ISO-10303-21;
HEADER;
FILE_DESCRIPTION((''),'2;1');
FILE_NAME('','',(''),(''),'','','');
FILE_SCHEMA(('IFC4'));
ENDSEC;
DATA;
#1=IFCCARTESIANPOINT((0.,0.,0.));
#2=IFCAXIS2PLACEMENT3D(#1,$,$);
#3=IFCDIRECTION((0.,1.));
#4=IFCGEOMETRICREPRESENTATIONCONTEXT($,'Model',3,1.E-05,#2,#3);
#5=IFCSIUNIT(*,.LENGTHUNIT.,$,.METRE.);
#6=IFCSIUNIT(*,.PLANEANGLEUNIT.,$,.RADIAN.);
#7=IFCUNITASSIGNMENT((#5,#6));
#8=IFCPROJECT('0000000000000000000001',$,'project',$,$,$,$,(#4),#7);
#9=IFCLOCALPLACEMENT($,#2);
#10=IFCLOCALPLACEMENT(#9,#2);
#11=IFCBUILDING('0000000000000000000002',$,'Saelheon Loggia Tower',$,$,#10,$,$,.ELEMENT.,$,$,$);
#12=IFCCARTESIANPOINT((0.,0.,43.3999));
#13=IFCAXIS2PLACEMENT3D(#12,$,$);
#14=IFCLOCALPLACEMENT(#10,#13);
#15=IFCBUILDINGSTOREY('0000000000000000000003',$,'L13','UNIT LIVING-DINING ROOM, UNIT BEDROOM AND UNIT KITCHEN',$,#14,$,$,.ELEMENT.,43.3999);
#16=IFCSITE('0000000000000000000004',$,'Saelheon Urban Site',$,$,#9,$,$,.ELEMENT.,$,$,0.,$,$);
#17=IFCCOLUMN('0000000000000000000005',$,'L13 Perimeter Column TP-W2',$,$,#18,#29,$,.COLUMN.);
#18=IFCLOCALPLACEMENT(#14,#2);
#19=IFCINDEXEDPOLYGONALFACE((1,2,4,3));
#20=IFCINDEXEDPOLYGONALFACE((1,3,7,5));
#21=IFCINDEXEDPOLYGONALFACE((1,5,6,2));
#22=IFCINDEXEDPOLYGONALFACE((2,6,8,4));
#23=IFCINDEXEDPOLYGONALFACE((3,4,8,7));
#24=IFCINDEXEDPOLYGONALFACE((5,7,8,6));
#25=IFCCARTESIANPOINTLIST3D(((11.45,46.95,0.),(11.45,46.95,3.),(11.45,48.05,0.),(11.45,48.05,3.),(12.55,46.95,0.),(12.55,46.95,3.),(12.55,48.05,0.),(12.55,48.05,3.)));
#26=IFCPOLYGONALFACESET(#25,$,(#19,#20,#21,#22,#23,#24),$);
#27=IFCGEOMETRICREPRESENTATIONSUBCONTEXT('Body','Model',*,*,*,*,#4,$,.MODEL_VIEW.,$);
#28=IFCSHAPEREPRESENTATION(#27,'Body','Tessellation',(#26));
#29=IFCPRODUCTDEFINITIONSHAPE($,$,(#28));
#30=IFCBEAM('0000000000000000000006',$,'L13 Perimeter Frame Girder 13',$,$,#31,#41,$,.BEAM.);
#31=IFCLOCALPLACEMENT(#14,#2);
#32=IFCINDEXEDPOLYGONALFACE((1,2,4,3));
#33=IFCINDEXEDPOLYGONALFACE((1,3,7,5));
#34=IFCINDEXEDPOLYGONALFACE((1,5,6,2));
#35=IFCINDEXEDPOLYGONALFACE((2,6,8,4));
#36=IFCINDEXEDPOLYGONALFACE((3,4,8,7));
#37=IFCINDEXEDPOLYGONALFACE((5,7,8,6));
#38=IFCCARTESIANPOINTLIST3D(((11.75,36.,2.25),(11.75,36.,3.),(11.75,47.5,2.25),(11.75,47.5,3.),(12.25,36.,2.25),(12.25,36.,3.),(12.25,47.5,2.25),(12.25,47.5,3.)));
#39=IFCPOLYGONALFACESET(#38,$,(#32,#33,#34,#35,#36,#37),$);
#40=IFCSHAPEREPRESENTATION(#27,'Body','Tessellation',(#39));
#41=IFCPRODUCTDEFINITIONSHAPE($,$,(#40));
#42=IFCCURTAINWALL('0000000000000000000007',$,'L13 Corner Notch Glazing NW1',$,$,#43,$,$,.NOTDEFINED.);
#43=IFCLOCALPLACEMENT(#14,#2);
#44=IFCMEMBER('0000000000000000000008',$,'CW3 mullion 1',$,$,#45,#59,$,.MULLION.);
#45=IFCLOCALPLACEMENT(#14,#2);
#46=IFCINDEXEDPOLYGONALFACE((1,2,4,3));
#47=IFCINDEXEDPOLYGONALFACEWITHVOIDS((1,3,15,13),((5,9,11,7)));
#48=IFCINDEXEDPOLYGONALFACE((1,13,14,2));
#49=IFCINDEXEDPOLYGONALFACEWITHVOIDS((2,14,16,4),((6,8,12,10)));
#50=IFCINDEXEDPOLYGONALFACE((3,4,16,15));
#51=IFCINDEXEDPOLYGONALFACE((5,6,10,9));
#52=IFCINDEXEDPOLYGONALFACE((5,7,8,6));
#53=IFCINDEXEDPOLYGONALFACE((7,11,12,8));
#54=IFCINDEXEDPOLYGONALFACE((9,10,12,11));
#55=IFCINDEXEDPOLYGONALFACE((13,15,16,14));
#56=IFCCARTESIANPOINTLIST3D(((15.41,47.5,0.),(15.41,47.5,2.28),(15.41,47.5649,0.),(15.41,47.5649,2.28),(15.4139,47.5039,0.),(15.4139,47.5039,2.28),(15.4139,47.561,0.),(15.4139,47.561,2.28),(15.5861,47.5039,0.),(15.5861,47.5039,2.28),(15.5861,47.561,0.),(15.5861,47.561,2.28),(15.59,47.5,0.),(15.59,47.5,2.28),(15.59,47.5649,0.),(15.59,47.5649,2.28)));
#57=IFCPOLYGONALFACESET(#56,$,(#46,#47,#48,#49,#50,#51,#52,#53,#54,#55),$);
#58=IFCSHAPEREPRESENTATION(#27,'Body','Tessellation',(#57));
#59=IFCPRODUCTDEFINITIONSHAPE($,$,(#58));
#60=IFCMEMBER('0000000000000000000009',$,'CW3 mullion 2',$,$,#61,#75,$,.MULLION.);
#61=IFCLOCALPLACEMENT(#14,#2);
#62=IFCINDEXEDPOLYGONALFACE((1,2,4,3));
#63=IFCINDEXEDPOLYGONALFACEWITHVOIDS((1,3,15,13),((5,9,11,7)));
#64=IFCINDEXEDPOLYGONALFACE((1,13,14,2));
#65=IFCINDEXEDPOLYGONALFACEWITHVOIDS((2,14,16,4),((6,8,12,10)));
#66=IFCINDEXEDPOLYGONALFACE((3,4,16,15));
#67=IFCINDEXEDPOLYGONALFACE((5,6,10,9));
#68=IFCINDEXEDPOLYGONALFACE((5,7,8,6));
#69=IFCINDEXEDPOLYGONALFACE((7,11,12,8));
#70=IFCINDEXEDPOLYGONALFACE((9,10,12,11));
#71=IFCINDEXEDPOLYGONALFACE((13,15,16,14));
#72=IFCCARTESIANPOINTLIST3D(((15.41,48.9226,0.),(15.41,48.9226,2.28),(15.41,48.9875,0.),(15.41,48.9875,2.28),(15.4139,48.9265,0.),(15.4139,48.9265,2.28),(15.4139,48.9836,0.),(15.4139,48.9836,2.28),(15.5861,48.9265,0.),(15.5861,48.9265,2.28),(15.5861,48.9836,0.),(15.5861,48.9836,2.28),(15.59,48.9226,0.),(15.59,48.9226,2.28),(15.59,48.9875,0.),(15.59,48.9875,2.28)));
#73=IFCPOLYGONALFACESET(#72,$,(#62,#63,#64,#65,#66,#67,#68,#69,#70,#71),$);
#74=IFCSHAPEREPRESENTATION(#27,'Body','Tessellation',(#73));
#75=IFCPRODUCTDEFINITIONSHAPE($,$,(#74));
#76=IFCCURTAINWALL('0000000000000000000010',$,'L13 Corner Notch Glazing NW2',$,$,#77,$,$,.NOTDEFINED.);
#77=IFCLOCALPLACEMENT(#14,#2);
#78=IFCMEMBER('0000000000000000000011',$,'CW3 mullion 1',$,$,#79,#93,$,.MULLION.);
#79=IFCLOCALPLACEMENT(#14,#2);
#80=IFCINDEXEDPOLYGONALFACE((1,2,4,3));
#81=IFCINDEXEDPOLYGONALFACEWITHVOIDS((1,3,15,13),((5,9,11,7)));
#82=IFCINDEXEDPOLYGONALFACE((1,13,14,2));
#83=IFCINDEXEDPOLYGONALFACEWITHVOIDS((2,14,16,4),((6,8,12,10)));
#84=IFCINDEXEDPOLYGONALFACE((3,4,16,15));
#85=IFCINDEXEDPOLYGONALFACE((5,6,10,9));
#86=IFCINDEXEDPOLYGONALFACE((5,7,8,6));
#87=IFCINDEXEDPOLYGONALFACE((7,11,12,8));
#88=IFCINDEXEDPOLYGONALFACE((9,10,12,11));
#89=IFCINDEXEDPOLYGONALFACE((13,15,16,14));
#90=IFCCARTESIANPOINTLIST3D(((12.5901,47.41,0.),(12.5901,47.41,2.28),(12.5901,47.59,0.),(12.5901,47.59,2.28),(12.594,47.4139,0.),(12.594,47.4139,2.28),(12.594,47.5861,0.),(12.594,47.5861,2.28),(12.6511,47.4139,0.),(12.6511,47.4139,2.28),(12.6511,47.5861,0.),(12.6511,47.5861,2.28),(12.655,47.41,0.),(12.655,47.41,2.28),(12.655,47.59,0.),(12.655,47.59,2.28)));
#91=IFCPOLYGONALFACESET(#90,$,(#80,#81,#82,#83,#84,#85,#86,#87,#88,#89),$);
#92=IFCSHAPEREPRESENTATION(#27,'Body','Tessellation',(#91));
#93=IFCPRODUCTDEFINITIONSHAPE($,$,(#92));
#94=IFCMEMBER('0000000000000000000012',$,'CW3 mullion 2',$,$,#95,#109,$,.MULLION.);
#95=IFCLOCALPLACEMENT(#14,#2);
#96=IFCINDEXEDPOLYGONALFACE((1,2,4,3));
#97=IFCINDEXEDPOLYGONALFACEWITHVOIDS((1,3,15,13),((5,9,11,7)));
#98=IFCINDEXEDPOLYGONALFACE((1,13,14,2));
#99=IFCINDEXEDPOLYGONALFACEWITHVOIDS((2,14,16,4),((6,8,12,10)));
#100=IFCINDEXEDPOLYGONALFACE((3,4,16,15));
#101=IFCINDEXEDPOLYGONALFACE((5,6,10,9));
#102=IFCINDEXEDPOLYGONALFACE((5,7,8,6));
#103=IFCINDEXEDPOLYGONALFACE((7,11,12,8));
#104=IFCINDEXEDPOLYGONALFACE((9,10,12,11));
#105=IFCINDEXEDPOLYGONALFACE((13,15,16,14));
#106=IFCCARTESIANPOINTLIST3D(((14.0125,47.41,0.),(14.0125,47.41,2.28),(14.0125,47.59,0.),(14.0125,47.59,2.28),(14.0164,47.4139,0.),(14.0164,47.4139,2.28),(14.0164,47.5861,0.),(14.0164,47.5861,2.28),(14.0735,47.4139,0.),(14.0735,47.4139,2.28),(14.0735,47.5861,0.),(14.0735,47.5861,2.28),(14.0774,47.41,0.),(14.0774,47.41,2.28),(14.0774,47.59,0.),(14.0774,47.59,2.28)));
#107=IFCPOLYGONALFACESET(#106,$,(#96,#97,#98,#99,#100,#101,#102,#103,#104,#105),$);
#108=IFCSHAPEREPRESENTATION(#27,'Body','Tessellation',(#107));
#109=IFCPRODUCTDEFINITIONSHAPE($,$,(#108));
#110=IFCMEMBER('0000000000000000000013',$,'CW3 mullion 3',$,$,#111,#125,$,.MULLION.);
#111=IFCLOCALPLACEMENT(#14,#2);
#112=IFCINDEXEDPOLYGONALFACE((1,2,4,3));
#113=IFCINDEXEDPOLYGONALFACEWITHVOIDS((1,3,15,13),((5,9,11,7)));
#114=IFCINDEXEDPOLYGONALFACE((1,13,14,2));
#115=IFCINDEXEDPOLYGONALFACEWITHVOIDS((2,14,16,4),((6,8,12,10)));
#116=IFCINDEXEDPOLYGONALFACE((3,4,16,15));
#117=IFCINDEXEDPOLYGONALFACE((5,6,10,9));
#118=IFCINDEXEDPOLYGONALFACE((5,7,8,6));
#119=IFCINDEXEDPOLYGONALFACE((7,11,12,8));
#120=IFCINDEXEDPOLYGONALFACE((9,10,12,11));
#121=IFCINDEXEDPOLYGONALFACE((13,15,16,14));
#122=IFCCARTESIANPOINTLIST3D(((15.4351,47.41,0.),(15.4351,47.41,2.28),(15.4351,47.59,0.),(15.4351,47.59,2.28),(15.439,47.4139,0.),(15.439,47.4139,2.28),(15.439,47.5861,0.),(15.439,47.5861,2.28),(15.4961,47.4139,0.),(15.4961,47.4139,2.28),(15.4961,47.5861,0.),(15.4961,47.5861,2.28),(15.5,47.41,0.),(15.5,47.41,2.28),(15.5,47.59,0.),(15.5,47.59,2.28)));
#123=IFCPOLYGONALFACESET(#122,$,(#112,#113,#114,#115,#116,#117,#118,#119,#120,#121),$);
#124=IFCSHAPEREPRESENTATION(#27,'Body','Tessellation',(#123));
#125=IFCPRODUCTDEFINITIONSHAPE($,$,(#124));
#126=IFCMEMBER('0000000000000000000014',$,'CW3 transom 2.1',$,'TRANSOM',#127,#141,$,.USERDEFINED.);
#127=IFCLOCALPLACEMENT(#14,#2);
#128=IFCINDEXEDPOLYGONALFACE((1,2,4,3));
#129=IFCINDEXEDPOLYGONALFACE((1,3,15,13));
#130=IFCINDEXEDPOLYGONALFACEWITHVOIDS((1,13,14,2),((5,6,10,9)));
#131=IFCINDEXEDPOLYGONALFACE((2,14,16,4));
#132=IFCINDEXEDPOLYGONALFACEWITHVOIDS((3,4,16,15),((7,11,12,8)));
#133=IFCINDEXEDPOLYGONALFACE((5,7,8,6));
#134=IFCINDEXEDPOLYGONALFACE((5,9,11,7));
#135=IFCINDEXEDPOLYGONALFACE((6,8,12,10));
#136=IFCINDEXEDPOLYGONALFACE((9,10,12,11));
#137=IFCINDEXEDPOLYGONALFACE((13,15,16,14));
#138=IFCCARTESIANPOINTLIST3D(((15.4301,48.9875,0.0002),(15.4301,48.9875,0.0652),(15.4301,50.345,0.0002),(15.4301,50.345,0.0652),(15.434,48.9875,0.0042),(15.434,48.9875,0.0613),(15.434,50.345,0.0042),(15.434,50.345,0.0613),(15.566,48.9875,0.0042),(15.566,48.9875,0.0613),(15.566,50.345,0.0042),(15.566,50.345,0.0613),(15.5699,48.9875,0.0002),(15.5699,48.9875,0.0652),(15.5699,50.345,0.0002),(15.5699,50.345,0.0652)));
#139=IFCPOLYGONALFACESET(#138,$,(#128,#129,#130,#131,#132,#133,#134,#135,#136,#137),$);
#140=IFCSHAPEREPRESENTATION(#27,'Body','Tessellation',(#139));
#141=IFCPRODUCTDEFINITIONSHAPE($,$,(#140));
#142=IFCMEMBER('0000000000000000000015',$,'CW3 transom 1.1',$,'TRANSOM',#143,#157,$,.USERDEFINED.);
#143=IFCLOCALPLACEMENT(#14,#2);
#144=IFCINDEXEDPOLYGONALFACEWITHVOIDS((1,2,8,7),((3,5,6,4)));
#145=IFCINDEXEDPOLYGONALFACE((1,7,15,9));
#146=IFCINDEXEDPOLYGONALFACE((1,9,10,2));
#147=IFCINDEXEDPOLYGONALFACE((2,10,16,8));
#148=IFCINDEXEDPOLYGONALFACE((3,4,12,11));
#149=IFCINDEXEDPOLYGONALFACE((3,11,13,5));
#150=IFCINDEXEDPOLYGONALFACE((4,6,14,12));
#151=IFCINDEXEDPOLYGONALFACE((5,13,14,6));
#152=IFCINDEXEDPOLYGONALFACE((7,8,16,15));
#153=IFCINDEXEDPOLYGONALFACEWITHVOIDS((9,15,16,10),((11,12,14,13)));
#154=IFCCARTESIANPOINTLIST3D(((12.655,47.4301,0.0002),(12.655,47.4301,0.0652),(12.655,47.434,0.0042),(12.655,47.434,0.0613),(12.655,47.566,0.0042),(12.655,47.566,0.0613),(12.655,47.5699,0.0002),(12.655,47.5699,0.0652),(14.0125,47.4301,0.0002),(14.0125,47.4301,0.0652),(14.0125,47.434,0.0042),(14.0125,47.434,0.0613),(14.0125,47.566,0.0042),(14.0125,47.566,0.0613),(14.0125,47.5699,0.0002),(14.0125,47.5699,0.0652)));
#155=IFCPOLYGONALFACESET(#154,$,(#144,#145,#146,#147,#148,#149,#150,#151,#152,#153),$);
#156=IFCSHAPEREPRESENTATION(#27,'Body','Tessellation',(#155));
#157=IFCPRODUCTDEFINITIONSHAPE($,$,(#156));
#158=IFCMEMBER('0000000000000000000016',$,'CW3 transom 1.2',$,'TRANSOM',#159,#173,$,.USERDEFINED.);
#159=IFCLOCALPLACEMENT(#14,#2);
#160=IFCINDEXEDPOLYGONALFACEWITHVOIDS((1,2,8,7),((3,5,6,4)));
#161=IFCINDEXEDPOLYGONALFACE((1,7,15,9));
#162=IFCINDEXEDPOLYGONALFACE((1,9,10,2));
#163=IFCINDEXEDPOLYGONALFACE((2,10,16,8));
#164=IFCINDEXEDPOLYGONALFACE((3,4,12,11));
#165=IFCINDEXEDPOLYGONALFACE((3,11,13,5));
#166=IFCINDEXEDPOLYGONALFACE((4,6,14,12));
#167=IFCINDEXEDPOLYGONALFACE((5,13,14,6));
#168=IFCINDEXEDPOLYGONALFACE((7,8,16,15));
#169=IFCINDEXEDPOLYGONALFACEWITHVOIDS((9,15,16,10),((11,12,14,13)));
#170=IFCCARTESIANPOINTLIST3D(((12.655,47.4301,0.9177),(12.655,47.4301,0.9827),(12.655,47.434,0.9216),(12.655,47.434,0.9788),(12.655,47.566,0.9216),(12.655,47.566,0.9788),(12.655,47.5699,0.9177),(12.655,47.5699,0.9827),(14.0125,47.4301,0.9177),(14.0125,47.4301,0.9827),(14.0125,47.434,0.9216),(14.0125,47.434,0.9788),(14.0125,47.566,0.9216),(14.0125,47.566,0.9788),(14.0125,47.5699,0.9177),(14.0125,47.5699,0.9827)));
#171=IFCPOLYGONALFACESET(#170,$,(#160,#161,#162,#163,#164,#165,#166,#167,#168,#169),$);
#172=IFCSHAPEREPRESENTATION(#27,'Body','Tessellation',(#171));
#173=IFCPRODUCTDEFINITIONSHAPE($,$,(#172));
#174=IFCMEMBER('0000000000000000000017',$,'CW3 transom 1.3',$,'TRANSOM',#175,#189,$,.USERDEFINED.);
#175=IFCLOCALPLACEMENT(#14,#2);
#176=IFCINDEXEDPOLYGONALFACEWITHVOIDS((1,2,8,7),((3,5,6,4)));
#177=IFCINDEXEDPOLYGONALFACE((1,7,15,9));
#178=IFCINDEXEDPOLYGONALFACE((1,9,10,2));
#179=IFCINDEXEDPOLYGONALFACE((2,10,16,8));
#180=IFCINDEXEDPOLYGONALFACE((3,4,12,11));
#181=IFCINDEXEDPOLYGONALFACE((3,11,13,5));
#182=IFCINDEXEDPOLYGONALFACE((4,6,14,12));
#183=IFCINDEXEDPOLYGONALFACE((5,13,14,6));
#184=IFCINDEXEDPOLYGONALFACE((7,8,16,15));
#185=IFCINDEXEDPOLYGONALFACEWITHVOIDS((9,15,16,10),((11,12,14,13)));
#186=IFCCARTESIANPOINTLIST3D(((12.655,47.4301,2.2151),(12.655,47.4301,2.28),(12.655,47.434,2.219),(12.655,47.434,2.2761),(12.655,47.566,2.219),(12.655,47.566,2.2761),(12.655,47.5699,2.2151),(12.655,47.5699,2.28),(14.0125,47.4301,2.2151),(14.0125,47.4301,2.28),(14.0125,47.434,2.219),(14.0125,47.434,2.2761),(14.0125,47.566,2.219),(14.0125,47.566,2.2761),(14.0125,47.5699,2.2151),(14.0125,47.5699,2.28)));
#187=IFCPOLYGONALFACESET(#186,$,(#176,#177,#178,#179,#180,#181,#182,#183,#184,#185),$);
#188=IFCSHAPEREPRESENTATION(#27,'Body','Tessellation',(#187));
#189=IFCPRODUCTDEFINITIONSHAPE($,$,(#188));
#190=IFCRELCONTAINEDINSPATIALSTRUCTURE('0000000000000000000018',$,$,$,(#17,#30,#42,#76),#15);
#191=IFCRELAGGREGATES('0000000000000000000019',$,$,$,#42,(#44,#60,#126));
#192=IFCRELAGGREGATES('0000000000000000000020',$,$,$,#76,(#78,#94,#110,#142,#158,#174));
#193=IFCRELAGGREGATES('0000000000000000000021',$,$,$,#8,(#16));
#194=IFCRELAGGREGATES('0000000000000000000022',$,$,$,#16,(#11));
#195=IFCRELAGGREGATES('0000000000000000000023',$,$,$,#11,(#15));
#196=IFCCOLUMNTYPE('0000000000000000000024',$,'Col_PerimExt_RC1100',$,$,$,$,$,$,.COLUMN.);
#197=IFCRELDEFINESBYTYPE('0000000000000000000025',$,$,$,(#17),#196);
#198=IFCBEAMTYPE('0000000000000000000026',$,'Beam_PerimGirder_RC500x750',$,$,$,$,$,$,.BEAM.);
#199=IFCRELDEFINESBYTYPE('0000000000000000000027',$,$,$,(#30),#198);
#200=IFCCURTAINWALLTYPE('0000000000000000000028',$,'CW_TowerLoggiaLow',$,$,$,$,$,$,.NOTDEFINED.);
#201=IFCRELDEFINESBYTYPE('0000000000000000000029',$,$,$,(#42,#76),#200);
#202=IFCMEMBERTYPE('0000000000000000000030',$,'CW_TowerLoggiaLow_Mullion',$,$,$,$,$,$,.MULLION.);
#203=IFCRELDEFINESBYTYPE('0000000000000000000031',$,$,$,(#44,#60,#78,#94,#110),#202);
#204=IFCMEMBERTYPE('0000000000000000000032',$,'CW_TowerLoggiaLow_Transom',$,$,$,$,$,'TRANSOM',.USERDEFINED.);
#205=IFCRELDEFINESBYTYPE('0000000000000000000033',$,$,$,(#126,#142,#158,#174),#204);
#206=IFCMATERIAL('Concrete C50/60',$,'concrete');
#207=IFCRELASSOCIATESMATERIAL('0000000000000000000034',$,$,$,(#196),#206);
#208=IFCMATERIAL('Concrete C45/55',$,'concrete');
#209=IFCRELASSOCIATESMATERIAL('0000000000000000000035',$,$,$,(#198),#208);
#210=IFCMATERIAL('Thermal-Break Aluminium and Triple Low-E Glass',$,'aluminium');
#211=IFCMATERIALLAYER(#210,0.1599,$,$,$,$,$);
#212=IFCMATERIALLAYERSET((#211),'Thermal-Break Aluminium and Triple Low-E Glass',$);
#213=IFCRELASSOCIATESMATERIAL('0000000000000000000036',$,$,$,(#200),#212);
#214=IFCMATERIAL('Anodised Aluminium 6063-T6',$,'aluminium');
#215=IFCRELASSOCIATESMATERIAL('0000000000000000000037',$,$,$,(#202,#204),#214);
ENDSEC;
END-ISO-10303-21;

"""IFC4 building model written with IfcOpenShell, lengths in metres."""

from ifc_helpers import new_model, si_unit, direction, frame, origin, origin_2d, place, context, subcontext, project, spatial, rectangle, hollow_rectangle, extrude, source, transform, mapped, material, layer, layer_set, material_profile, profile_set, type_object, element, aggregate, save


model = new_model("IFC4")

# Units and contexts
model_context = context("Model", 3, precision=1e-05, world=origin(), true_north=direction((0.0, 1.0)))
body_context = subcontext(model_context, "Body", "Model", "MODEL_VIEW")
ifc_project = project(units=[si_unit("LENGTHUNIT", "METRE"), si_unit("PLANEANGLEUNIT", "RADIAN")], contexts=[model_context])

# Site, building, storey
site_placement = place(None, origin())
site = spatial("IfcSite", under=ifc_project, at=site_placement, Name="Saelheon Urban Site", CompositionType="ELEMENT", RefElevation=0.0)
building_placement = place(site_placement, origin())
building = spatial("IfcBuilding", under=site, at=building_placement, Name="Saelheon Loggia Tower", CompositionType="ELEMENT")
storey_placement = place(building_placement, frame((0.0, 0.0, 43.3999)))
storey = spatial("IfcBuildingStorey", under=building, at=storey_placement, Name="L13", Description="UNIT LIVING-DINING ROOM, UNIT BEDROOM AND UNIT KITCHEN", CompositionType="ELEMENT", Elevation=43.3999)

# Column
ifc_material_1 = material(Name="Concrete C50/60", Category="concrete")
ifc_material_profile_1 = material_profile(ifc_material_1, rectangle(XDim=1.1001, YDim=1.1001, at=origin_2d()), Name="RC-1100x1100")
ifc_profile_set_1 = profile_set([ifc_material_profile_1], Name="Concrete C50/60")
column_type = type_object("IfcColumnType", Name="Col_PerimExt_RC1100", PredefinedType="COLUMN", material=ifc_profile_set_1)
shared_shape_1 = source(origin(), body_context, "Body", "SweptSolid", [
    extrude(rectangle(XDim=1.1001, YDim=1.1001, at=origin_2d()), origin(), (0.0, 0.0, 1.0), 3.0),
])
column_placement = place(storey_placement, frame((12.0, 47.5, 0.0), z_axis=(0.0, 0.0, 1.0), x_axis=(1.0, 0.0, 0.0)))
element("IfcColumn", 1, at=column_placement, inside=storey, type_object=column_type, Name="L13 Perimeter Column TP-W2", PredefinedType="COLUMN", context=body_context, shape_type="MappedRepresentation", body=[
    mapped(shared_shape_1, transform((0.0, 0.0, 0.0), scale=1.0)),
])

# Beam
ifc_material_2 = material(Name="Concrete C45/55", Category="concrete")
ifc_material_profile_2 = material_profile(ifc_material_2, rectangle(XDim=0.5, YDim=0.75, at=origin_2d()), Name="RC-500x750")
ifc_profile_set_2 = profile_set([ifc_material_profile_2], Name="Concrete C45/55")
beam_type = type_object("IfcBeamType", Name="Beam_PerimGirder_RC500x750", PredefinedType="BEAM", material=ifc_profile_set_2)
shared_shape_2 = source(origin(), body_context, "Body", "SweptSolid", [
    extrude(rectangle(XDim=0.5, YDim=0.75, at=origin_2d()), origin(), (0.0, 0.0, 1.0), 11.5),
])
beam_placement = place(storey_placement, frame((12.0, 47.5, 2.625), z_axis=(0.0, -1.0, 0.0), x_axis=(1.0, 0.0, 0.0)))
element("IfcBeam", 2, at=beam_placement, inside=storey, type_object=beam_type, Name="L13 Perimeter Frame Girder 13", PredefinedType="BEAM", context=body_context, shape_type="MappedRepresentation", body=[
    mapped(shared_shape_2, transform((0.0, 0.0, 0.0), scale=1.0)),
])

# Curtain walls, members
ifc_material_3 = material(Name="Thermal-Break Aluminium and Triple Low-E Glass", Category="aluminium")
ifc_layer_1 = layer(ifc_material_3, 0.1599)
ifc_layer_set_1 = layer_set([ifc_layer_1], Name="Thermal-Break Aluminium and Triple Low-E Glass")
curtain_wall_type = type_object("IfcCurtainWallType", Name="CW_TowerLoggiaLow", PredefinedType="NOTDEFINED", material=ifc_layer_set_1)
curtain_wall_1_placement = place(storey_placement, origin())
curtain_wall_1 = element("IfcCurtainWall", 3, at=curtain_wall_1_placement, inside=storey, type_object=curtain_wall_type, Name="L13 Corner Notch Glazing NW1", PredefinedType="NOTDEFINED")
ifc_material_4 = material(Name="Anodised Aluminium 6063-T6", Category="aluminium")
ifc_material_profile_3 = material_profile(ifc_material_4, hollow_rectangle(XDim=0.0649, YDim=0.1799, WallThickness=0.0039, at=origin_2d()), Name="RHS-180x65x4")
ifc_profile_set_3 = profile_set([ifc_material_profile_3], Name="Anodised Aluminium 6063-T6")
member_type_1 = type_object("IfcMemberType", Name="CW_TowerLoggiaLow_Mullion", PredefinedType="MULLION", material=ifc_profile_set_3)
shared_shape_3 = source(origin(), body_context, "Body", "SweptSolid", [
    extrude(hollow_rectangle(XDim=0.0649, YDim=0.1799, WallThickness=0.0039, at=origin_2d()), origin(), (0.0, 0.0, 1.0), 2.28),
])
member_1_placement = place(storey_placement, frame((15.5, 47.5325, 0.0), z_axis=(0.0, 0.0, 1.0), x_axis=(0.0, 1.0, 0.0)))
member_1 = element("IfcMember", 4, at=member_1_placement, type_object=member_type_1, Name="CW3 mullion 1", PredefinedType="MULLION", context=body_context, shape_type="MappedRepresentation", body=[
    mapped(shared_shape_3, transform((0.0, 0.0, 0.0), scale=1.0)),
])
member_2_placement = place(storey_placement, frame((15.5, 48.9551, 0.0), z_axis=(0.0, 0.0, 1.0), x_axis=(0.0, 1.0, 0.0)))
member_2 = element("IfcMember", 5, at=member_2_placement, type_object=member_type_1, Name="CW3 mullion 2", PredefinedType="MULLION", context=body_context, shape_type="MappedRepresentation", body=[
    mapped(shared_shape_3, transform((0.0, 0.0, 0.0), scale=1.0)),
])
curtain_wall_2_placement = place(storey_placement, origin())
curtain_wall_2 = element("IfcCurtainWall", 6, at=curtain_wall_2_placement, inside=storey, type_object=curtain_wall_type, Name="L13 Corner Notch Glazing NW2", PredefinedType="NOTDEFINED")
member_3_placement = place(storey_placement, frame((12.6226, 47.5, 0.0), z_axis=(0.0, 0.0, 1.0), x_axis=(1.0, 0.0, 0.0)))
member_3 = element("IfcMember", 7, at=member_3_placement, type_object=member_type_1, Name="CW3 mullion 1", PredefinedType="MULLION", context=body_context, shape_type="MappedRepresentation", body=[
    mapped(shared_shape_3, transform((0.0, 0.0, 0.0), scale=1.0)),
])
member_4_placement = place(storey_placement, frame((14.0449, 47.5, 0.0), z_axis=(0.0, 0.0, 1.0), x_axis=(1.0, 0.0, 0.0)))
member_4 = element("IfcMember", 8, at=member_4_placement, type_object=member_type_1, Name="CW3 mullion 2", PredefinedType="MULLION", context=body_context, shape_type="MappedRepresentation", body=[
    mapped(shared_shape_3, transform((0.0, 0.0, 0.0), scale=1.0)),
])
member_5_placement = place(storey_placement, frame((15.4675, 47.5, 0.0), z_axis=(0.0, 0.0, 1.0), x_axis=(1.0, 0.0, 0.0)))
member_5 = element("IfcMember", 9, at=member_5_placement, type_object=member_type_1, Name="CW3 mullion 3", PredefinedType="MULLION", context=body_context, shape_type="MappedRepresentation", body=[
    mapped(shared_shape_3, transform((0.0, 0.0, 0.0), scale=1.0)),
])

# Members
ifc_material_profile_4 = material_profile(ifc_material_4, hollow_rectangle(XDim=0.0649, YDim=0.1399, WallThickness=0.0039, at=origin_2d()), Name="RHS-140x65x4")
ifc_profile_set_4 = profile_set([ifc_material_profile_4], Name="Anodised Aluminium 6063-T6")
member_type_2 = type_object("IfcMemberType", Name="CW_TowerLoggiaLow_Transom", ElementType="TRANSOM", PredefinedType="USERDEFINED", material=ifc_profile_set_4)
shared_shape_4 = source(origin(), body_context, "Body", "SweptSolid", [
    extrude(hollow_rectangle(XDim=0.0649, YDim=0.1399, WallThickness=0.0039, at=origin_2d()), origin(), (0.0, 0.0, 1.0), 1.3574),
])
member_6_placement = place(storey_placement, frame((15.5, 48.9875, 0.0327), z_axis=(0.0, 1.0, 0.0), x_axis=(0.0, 0.0, 1.0)))
member_6 = element("IfcMember", 10, at=member_6_placement, type_object=member_type_2, Name="CW3 transom 2.1", ObjectType="TRANSOM", PredefinedType="USERDEFINED", context=body_context, shape_type="MappedRepresentation", body=[
    mapped(shared_shape_4, transform((0.0, 0.0, 0.0), scale=1.0)),
])
member_7_placement = place(storey_placement, frame((12.655, 47.5, 0.0327), z_axis=(1.0, 0.0, 0.0), x_axis=(0.0, 0.0, 1.0)))
member_7 = element("IfcMember", 11, at=member_7_placement, type_object=member_type_2, Name="CW3 transom 1.1", ObjectType="TRANSOM", PredefinedType="USERDEFINED", context=body_context, shape_type="MappedRepresentation", body=[
    mapped(shared_shape_4, transform((0.0, 0.0, 0.0), scale=1.0)),
])
member_8_placement = place(storey_placement, frame((12.655, 47.5, 0.9502), z_axis=(1.0, 0.0, 0.0), x_axis=(0.0, 0.0, 1.0)))
member_8 = element("IfcMember", 12, at=member_8_placement, type_object=member_type_2, Name="CW3 transom 1.2", ObjectType="TRANSOM", PredefinedType="USERDEFINED", context=body_context, shape_type="MappedRepresentation", body=[
    mapped(shared_shape_4, transform((0.0, 0.0, 0.0), scale=1.0)),
])
member_9_placement = place(storey_placement, frame((12.655, 47.5, 2.2476), z_axis=(1.0, 0.0, 0.0), x_axis=(0.0, 0.0, 1.0)))
member_9 = element("IfcMember", 13, at=member_9_placement, type_object=member_type_2, Name="CW3 transom 1.3", ObjectType="TRANSOM", PredefinedType="USERDEFINED", context=body_context, shape_type="MappedRepresentation", body=[
    mapped(shared_shape_4, transform((0.0, 0.0, 0.0), scale=1.0)),
])

aggregate(curtain_wall_1, [member_1, member_2, member_6])
aggregate(curtain_wall_2, [member_3, member_4, member_5, member_7, member_8, member_9])

save(model, "model.ifc")
